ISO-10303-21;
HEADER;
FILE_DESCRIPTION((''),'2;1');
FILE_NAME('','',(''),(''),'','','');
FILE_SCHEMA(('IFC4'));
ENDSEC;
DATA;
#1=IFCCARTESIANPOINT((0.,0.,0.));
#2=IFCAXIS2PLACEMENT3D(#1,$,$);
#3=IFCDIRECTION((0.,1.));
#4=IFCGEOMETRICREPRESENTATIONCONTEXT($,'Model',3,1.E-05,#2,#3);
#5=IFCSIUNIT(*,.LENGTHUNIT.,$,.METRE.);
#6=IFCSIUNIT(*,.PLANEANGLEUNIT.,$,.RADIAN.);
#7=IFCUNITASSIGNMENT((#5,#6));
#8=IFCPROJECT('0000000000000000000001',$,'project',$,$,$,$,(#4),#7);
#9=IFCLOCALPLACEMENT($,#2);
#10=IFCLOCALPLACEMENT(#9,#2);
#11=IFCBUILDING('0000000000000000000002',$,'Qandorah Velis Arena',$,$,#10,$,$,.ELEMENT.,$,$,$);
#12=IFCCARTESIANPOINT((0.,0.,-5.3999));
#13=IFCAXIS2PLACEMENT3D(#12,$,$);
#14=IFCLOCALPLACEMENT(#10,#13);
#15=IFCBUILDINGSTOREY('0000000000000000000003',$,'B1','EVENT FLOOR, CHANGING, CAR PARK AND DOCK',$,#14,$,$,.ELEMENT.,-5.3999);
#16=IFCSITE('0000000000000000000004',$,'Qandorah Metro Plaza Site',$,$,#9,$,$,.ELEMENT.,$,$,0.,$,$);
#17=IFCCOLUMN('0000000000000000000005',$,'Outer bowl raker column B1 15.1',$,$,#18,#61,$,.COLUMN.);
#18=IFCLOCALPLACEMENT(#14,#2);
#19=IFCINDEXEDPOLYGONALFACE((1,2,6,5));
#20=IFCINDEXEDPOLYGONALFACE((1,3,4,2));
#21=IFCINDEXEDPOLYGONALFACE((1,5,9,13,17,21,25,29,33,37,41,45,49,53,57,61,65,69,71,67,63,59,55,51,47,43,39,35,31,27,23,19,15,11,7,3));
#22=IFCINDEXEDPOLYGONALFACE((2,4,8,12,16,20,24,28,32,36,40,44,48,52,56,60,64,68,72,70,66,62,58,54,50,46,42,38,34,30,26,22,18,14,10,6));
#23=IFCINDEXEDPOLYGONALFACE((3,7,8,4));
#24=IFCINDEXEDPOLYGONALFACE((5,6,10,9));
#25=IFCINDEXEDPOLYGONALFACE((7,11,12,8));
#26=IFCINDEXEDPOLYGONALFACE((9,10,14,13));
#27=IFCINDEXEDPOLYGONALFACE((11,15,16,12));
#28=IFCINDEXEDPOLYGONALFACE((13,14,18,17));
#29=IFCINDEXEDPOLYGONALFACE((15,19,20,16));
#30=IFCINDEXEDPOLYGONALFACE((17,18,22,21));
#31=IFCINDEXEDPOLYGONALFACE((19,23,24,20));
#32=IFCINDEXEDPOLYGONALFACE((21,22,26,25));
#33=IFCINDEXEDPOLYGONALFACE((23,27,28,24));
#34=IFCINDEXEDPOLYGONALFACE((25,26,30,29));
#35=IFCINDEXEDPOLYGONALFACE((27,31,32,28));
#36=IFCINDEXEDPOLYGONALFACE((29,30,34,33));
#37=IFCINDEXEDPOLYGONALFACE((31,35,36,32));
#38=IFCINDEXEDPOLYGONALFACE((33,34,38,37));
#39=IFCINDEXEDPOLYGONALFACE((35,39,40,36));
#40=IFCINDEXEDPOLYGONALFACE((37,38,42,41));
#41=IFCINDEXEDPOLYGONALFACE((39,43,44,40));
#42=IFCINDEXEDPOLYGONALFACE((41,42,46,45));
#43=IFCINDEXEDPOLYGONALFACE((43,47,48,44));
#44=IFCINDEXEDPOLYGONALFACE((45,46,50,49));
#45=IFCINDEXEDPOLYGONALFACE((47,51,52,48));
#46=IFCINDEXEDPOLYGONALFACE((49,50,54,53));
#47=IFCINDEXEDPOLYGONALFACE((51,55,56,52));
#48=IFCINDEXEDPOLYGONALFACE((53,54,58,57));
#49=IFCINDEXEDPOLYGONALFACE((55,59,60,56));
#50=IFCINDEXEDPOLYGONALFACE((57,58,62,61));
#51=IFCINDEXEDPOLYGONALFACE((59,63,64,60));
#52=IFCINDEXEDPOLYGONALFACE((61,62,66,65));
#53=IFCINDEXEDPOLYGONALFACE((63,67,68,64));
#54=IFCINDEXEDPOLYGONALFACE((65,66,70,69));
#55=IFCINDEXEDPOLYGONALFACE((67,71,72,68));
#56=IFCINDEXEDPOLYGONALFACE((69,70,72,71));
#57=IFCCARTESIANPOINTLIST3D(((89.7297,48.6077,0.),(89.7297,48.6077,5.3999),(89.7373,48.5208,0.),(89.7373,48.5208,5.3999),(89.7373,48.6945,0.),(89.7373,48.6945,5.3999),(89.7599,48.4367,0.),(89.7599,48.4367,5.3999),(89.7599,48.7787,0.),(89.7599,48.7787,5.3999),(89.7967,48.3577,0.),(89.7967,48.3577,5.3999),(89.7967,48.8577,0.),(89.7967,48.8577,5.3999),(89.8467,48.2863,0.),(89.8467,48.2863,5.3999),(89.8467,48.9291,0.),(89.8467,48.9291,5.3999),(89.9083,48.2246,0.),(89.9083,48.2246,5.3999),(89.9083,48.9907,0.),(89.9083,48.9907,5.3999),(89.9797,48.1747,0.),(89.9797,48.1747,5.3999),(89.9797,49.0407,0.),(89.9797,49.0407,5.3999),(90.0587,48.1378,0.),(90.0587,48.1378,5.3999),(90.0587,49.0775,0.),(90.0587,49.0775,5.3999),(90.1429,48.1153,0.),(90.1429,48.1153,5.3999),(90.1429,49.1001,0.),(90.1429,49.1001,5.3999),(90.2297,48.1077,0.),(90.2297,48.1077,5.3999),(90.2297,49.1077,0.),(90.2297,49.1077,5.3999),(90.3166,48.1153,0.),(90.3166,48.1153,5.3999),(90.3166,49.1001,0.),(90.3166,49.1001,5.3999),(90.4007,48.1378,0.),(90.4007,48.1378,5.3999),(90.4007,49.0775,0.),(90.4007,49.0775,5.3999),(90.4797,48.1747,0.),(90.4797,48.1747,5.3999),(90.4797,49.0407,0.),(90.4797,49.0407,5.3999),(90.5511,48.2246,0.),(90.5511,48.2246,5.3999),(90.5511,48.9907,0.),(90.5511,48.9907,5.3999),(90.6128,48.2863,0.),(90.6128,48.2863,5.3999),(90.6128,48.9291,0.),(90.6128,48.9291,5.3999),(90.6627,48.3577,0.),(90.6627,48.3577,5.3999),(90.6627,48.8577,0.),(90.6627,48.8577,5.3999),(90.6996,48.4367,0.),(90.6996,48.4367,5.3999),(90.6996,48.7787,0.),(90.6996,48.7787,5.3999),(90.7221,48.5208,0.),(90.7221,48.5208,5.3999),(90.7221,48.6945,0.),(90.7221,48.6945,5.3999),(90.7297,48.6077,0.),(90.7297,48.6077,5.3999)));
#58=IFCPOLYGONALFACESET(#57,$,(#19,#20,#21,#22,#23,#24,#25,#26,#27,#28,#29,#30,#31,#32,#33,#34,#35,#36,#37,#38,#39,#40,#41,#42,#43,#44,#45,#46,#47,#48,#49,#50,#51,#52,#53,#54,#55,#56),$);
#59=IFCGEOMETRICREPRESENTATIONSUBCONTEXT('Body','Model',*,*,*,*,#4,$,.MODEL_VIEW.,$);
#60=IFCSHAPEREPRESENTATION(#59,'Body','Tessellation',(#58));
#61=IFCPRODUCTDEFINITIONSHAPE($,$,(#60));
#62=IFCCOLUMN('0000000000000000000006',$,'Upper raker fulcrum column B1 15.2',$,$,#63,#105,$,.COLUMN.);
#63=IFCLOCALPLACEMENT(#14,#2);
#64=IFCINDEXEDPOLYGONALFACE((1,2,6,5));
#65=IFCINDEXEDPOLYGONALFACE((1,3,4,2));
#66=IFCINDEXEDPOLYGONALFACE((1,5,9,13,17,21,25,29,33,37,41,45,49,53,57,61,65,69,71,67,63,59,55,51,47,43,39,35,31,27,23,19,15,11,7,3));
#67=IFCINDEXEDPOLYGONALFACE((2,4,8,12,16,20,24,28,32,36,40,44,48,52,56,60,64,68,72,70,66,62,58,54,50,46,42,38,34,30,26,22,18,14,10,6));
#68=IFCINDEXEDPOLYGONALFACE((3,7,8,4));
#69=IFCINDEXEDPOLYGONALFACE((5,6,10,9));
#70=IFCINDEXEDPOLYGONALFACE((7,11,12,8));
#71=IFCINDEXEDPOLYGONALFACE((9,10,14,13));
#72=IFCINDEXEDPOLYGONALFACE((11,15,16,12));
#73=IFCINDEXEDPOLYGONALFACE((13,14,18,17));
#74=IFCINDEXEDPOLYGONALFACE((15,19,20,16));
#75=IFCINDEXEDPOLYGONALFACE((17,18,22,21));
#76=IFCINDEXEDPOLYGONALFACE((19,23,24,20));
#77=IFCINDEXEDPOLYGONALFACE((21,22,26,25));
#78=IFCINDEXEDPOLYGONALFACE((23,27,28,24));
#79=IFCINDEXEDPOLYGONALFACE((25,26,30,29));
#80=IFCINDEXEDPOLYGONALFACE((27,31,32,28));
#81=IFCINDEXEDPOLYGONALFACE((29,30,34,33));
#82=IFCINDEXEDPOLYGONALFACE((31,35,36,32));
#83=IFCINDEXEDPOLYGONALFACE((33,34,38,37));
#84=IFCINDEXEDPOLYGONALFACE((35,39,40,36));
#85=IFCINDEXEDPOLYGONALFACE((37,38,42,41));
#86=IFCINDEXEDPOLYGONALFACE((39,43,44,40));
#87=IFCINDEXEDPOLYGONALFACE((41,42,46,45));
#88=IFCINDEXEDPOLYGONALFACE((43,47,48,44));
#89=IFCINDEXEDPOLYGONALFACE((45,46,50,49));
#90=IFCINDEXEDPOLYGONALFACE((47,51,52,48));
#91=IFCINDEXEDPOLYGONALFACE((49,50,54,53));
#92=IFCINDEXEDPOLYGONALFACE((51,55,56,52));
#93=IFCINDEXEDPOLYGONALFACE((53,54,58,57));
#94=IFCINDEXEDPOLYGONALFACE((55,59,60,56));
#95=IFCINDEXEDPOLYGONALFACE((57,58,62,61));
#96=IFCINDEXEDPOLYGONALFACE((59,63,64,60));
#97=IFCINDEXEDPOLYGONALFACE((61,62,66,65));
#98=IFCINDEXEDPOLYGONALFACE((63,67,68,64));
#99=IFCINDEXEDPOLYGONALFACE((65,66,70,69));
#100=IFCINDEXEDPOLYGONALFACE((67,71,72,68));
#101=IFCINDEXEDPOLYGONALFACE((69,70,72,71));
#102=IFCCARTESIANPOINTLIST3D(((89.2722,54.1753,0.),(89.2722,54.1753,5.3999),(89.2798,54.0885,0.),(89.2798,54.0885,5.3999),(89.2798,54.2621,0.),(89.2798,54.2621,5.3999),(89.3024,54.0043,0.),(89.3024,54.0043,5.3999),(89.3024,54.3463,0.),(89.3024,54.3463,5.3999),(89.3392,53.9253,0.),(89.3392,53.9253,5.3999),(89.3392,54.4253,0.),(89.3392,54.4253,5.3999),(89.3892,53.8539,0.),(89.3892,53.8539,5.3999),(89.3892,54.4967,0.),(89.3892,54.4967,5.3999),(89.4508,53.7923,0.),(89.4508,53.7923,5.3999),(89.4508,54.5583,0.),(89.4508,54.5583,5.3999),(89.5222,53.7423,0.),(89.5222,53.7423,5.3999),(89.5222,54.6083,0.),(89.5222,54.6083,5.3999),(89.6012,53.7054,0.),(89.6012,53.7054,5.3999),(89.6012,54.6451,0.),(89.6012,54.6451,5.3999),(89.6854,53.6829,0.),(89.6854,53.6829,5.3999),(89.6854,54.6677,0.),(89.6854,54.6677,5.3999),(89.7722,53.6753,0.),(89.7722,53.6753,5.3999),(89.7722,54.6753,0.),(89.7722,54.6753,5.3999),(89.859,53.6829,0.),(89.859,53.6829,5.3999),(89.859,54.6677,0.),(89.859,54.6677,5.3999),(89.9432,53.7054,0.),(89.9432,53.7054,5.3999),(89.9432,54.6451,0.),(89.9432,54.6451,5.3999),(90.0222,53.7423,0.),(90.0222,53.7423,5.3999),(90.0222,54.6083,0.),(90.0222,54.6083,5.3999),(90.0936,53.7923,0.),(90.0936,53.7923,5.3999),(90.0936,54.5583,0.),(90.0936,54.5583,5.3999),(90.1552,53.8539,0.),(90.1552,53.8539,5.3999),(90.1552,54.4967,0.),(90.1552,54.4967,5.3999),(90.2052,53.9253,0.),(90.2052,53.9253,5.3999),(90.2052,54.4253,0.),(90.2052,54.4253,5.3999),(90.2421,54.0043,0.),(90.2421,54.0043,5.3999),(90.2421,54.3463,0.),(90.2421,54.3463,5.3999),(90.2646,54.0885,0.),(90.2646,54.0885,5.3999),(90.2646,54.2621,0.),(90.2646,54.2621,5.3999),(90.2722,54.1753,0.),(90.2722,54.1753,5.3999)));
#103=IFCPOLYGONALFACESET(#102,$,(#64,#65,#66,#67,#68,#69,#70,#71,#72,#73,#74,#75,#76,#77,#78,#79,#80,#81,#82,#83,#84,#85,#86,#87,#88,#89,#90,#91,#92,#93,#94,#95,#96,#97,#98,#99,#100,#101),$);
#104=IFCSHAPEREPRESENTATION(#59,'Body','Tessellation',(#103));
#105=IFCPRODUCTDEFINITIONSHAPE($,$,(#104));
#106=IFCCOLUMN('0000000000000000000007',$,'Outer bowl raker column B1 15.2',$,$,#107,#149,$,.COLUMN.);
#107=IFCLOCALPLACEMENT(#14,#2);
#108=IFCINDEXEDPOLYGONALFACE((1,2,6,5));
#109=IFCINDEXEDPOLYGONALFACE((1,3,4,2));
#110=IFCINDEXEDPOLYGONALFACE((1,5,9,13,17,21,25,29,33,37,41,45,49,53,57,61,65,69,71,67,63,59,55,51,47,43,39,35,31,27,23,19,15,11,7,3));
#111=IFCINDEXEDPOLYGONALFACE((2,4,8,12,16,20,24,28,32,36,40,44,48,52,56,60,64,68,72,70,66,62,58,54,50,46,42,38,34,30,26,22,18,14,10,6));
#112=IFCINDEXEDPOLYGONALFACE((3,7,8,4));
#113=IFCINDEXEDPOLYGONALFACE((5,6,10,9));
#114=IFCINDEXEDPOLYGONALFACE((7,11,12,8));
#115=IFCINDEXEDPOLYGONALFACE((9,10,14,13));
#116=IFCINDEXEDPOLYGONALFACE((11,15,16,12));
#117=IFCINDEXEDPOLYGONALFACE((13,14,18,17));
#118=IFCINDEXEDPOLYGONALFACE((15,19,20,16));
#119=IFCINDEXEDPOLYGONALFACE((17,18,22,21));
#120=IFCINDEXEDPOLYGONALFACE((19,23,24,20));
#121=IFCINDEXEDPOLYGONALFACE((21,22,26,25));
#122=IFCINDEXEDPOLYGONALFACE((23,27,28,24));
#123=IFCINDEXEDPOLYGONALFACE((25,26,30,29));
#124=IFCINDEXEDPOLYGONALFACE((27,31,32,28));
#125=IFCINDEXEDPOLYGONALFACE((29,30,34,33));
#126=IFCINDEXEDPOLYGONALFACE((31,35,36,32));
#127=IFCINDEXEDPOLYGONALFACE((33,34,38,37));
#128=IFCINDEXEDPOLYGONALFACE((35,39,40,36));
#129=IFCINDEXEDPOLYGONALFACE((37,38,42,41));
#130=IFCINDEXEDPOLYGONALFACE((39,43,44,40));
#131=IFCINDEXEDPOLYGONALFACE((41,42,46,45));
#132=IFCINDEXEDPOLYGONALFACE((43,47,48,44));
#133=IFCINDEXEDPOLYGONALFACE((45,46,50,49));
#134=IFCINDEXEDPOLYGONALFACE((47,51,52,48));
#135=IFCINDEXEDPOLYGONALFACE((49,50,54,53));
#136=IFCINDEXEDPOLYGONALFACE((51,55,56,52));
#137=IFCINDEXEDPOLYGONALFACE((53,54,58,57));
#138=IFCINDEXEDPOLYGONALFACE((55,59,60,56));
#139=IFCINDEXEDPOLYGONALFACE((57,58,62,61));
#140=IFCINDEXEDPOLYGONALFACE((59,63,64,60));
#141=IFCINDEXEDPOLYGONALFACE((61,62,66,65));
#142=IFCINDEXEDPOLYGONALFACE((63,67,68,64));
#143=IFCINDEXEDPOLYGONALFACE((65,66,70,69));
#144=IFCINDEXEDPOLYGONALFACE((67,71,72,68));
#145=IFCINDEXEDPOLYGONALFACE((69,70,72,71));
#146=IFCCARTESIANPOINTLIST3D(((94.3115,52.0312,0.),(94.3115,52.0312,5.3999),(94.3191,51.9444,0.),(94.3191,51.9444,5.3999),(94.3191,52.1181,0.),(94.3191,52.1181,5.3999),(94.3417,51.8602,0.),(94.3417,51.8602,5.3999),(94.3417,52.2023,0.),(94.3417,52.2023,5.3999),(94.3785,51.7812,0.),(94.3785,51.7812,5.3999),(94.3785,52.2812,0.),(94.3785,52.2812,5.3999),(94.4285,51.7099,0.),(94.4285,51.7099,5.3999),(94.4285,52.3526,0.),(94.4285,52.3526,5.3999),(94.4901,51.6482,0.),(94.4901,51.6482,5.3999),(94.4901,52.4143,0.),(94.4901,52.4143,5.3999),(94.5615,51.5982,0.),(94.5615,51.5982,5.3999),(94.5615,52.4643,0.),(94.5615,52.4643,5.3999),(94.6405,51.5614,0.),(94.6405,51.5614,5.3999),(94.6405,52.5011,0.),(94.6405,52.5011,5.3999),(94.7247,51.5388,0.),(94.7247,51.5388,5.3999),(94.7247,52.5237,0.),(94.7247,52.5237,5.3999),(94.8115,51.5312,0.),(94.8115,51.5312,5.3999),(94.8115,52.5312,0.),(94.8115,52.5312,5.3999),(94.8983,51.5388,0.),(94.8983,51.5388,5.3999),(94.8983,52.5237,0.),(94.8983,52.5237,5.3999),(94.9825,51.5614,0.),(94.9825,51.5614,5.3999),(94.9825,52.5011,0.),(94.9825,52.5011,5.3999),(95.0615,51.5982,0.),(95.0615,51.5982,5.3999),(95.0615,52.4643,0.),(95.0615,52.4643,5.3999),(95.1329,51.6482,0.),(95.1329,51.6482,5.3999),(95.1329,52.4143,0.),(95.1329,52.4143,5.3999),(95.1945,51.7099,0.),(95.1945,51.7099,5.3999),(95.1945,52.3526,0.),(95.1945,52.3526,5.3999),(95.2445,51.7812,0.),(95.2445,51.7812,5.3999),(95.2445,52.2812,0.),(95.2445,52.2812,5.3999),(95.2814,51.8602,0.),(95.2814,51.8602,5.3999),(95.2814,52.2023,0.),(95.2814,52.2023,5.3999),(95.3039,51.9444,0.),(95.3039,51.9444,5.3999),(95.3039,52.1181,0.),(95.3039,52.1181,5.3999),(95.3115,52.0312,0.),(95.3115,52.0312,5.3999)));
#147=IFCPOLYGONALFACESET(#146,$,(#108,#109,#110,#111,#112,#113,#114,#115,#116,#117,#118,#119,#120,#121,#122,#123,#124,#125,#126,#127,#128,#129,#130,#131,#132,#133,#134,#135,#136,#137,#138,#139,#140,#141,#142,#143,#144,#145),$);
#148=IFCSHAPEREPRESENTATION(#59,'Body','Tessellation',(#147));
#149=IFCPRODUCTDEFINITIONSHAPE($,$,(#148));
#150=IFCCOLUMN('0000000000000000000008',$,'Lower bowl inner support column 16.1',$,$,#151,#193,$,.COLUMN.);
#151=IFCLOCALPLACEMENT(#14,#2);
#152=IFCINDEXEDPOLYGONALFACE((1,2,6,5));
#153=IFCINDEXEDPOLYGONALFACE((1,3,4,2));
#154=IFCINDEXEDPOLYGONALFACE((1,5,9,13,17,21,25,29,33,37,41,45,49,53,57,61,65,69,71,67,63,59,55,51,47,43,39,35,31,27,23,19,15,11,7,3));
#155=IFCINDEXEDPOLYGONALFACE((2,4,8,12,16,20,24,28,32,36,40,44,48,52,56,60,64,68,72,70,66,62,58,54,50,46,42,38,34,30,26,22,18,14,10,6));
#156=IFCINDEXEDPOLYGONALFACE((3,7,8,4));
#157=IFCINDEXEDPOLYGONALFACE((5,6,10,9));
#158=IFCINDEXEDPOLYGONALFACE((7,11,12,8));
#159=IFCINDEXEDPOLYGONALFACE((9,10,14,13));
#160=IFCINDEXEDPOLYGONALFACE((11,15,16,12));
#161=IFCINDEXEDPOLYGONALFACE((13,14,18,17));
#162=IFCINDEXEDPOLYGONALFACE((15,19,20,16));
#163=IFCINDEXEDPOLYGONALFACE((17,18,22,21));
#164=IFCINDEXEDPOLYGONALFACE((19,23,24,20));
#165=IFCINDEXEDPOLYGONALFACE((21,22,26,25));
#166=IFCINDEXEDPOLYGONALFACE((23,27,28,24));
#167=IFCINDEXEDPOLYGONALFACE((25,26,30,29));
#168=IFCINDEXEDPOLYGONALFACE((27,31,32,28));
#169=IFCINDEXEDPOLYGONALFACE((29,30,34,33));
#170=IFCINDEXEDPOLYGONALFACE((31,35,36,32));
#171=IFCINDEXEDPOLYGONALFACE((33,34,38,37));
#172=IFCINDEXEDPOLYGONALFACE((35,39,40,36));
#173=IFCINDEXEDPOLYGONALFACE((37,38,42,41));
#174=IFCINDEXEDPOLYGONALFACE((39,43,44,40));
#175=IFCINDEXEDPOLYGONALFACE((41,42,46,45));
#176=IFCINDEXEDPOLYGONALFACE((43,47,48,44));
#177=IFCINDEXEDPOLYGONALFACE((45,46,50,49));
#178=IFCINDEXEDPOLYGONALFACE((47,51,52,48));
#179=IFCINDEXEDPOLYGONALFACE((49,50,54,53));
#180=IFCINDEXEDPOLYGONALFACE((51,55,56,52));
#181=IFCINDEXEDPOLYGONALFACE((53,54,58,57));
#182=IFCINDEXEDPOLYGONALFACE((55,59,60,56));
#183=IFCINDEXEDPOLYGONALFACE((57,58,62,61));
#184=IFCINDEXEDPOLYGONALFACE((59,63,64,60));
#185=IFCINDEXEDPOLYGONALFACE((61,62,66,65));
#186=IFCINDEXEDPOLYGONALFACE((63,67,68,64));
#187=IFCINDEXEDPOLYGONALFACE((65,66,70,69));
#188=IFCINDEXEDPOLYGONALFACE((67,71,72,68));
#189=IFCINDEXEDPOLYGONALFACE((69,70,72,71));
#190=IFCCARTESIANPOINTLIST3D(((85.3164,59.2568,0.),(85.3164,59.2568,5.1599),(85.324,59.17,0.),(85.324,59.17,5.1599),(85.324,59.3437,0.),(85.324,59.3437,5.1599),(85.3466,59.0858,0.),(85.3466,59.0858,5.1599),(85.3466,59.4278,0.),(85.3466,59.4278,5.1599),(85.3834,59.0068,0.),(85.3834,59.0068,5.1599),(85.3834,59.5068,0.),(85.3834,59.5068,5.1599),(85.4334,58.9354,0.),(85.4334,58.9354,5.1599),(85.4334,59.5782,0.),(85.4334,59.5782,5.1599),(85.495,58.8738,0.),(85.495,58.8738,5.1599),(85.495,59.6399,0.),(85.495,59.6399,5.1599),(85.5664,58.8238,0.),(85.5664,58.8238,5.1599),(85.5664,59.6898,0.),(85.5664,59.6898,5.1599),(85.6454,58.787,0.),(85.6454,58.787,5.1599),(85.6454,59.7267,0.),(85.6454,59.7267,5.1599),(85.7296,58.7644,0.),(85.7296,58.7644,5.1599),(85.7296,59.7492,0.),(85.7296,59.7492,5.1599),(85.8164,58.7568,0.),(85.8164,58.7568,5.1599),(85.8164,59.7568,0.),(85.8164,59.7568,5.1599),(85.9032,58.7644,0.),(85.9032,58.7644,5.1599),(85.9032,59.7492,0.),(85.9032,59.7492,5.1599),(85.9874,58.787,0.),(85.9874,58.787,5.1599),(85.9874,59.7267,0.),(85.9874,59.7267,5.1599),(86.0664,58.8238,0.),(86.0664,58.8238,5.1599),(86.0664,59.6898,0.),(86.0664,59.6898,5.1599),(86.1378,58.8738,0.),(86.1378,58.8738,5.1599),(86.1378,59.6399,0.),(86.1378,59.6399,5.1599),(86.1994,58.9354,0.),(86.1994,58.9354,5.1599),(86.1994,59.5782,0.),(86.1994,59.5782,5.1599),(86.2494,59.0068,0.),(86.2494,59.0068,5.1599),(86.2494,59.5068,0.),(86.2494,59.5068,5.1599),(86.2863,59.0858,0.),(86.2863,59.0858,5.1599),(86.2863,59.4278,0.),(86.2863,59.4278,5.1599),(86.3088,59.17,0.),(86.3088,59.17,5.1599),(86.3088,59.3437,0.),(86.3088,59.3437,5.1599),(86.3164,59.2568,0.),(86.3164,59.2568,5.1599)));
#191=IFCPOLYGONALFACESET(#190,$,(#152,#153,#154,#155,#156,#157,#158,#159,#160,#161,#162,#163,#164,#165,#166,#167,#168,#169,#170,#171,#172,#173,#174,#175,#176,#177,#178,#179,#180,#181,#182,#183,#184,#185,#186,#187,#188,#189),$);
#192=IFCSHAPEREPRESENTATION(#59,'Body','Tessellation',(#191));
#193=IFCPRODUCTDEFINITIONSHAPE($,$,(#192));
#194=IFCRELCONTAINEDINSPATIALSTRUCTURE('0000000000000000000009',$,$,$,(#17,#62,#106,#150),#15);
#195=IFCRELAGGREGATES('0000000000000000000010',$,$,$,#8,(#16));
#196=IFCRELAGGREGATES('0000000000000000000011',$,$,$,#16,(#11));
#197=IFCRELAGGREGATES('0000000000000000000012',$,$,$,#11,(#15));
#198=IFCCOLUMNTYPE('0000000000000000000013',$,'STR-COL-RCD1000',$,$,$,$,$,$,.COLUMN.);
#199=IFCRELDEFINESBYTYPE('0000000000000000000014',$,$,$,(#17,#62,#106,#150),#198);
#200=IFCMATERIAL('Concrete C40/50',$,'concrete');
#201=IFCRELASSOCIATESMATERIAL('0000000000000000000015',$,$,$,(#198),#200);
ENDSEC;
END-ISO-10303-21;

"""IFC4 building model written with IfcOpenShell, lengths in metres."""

from ifc_helpers import new_model, si_unit, direction, frame, origin, origin_2d, place, context, subcontext, project, spatial, circle, extrude, material, material_profile, profile_set, type_object, element, save


model = new_model("IFC4")

# Units and contexts
model_context = context("Model", 3, precision=1e-05, world=origin(), true_north=direction((0.0, 1.0)))
body_context = subcontext(model_context, "Body", "Model", "MODEL_VIEW")
ifc_project = project(units=[si_unit("LENGTHUNIT", "METRE"), si_unit("PLANEANGLEUNIT", "RADIAN")], contexts=[model_context])

# Site, building, storey
site_placement = place(None, origin())
site = spatial("IfcSite", under=ifc_project, at=site_placement, Name="Qandorah Metro Plaza Site", CompositionType="ELEMENT", RefElevation=0.0)
building_placement = place(site_placement, origin())
building = spatial("IfcBuilding", under=site, at=building_placement, Name="Qandorah Velis Arena", CompositionType="ELEMENT")
storey_placement = place(building_placement, frame((0.0, 0.0, -5.3999)))
storey = spatial("IfcBuildingStorey", under=building, at=storey_placement, Name="B1", Description="EVENT FLOOR, CHANGING, CAR PARK AND DOCK", CompositionType="ELEMENT", Elevation=-5.3999)

# Shared definitions
ifc_material = material(Name="Concrete C40/50", Category="concrete")

# Columns
ifc_material_profile_1 = material_profile(ifc_material, circle(Radius=0.5, at=origin_2d()), Name="RC D1000")
ifc_profile_set_1 = profile_set([ifc_material_profile_1], Name="Concrete C40/50")
column_type_1 = type_object("IfcColumnType", Name="STR-COL-RCD1000", PredefinedType="COLUMN", material=ifc_profile_set_1)
for number, where, z_axis, x_axis, name in (
    (1, (90.2297, 48.6077, 0.0), (0.0, 0.0, 1.0), (1.0, 0.0, 0.0), "Outer bowl raker column B1 15.1"),
    (2, (89.7722, 54.1753, 0.0), (0.0, 0.0, 1.0), (1.0, 0.0, 0.0), "Upper raker fulcrum column B1 15.2"),
    (3, (94.8115, 52.0312, 0.0), (0.0, 0.0, 1.0), (1.0, 0.0, 0.0), "Outer bowl raker column B1 15.2"),
):
    element("IfcColumn", number, at=place(storey_placement, frame(where, z_axis=z_axis, x_axis=x_axis)), inside=storey, type_object=column_type_1, Name=name, PredefinedType="COLUMN", context=body_context, shape_type="SweptSolid", body=[
        extrude(circle(Radius=0.5, at=origin_2d()), origin(), (0.0, 0.0, 1.0), 5.3999),
    ])
column_1_placement = place(storey_placement, frame((85.8164, 59.2568, 0.0), z_axis=(0.0, 0.0, 1.0), x_axis=(1.0, 0.0, 0.0)))
element("IfcColumn", 4, at=column_1_placement, inside=storey, type_object=column_type_1, Name="Lower bowl inner support column 16.1", PredefinedType="COLUMN", context=body_context, shape_type="SweptSolid", body=[
    extrude(circle(Radius=0.5, at=origin_2d()), origin(), (0.0, 0.0, 1.0), 5.1599),
])

save(model, "model.ifc")
